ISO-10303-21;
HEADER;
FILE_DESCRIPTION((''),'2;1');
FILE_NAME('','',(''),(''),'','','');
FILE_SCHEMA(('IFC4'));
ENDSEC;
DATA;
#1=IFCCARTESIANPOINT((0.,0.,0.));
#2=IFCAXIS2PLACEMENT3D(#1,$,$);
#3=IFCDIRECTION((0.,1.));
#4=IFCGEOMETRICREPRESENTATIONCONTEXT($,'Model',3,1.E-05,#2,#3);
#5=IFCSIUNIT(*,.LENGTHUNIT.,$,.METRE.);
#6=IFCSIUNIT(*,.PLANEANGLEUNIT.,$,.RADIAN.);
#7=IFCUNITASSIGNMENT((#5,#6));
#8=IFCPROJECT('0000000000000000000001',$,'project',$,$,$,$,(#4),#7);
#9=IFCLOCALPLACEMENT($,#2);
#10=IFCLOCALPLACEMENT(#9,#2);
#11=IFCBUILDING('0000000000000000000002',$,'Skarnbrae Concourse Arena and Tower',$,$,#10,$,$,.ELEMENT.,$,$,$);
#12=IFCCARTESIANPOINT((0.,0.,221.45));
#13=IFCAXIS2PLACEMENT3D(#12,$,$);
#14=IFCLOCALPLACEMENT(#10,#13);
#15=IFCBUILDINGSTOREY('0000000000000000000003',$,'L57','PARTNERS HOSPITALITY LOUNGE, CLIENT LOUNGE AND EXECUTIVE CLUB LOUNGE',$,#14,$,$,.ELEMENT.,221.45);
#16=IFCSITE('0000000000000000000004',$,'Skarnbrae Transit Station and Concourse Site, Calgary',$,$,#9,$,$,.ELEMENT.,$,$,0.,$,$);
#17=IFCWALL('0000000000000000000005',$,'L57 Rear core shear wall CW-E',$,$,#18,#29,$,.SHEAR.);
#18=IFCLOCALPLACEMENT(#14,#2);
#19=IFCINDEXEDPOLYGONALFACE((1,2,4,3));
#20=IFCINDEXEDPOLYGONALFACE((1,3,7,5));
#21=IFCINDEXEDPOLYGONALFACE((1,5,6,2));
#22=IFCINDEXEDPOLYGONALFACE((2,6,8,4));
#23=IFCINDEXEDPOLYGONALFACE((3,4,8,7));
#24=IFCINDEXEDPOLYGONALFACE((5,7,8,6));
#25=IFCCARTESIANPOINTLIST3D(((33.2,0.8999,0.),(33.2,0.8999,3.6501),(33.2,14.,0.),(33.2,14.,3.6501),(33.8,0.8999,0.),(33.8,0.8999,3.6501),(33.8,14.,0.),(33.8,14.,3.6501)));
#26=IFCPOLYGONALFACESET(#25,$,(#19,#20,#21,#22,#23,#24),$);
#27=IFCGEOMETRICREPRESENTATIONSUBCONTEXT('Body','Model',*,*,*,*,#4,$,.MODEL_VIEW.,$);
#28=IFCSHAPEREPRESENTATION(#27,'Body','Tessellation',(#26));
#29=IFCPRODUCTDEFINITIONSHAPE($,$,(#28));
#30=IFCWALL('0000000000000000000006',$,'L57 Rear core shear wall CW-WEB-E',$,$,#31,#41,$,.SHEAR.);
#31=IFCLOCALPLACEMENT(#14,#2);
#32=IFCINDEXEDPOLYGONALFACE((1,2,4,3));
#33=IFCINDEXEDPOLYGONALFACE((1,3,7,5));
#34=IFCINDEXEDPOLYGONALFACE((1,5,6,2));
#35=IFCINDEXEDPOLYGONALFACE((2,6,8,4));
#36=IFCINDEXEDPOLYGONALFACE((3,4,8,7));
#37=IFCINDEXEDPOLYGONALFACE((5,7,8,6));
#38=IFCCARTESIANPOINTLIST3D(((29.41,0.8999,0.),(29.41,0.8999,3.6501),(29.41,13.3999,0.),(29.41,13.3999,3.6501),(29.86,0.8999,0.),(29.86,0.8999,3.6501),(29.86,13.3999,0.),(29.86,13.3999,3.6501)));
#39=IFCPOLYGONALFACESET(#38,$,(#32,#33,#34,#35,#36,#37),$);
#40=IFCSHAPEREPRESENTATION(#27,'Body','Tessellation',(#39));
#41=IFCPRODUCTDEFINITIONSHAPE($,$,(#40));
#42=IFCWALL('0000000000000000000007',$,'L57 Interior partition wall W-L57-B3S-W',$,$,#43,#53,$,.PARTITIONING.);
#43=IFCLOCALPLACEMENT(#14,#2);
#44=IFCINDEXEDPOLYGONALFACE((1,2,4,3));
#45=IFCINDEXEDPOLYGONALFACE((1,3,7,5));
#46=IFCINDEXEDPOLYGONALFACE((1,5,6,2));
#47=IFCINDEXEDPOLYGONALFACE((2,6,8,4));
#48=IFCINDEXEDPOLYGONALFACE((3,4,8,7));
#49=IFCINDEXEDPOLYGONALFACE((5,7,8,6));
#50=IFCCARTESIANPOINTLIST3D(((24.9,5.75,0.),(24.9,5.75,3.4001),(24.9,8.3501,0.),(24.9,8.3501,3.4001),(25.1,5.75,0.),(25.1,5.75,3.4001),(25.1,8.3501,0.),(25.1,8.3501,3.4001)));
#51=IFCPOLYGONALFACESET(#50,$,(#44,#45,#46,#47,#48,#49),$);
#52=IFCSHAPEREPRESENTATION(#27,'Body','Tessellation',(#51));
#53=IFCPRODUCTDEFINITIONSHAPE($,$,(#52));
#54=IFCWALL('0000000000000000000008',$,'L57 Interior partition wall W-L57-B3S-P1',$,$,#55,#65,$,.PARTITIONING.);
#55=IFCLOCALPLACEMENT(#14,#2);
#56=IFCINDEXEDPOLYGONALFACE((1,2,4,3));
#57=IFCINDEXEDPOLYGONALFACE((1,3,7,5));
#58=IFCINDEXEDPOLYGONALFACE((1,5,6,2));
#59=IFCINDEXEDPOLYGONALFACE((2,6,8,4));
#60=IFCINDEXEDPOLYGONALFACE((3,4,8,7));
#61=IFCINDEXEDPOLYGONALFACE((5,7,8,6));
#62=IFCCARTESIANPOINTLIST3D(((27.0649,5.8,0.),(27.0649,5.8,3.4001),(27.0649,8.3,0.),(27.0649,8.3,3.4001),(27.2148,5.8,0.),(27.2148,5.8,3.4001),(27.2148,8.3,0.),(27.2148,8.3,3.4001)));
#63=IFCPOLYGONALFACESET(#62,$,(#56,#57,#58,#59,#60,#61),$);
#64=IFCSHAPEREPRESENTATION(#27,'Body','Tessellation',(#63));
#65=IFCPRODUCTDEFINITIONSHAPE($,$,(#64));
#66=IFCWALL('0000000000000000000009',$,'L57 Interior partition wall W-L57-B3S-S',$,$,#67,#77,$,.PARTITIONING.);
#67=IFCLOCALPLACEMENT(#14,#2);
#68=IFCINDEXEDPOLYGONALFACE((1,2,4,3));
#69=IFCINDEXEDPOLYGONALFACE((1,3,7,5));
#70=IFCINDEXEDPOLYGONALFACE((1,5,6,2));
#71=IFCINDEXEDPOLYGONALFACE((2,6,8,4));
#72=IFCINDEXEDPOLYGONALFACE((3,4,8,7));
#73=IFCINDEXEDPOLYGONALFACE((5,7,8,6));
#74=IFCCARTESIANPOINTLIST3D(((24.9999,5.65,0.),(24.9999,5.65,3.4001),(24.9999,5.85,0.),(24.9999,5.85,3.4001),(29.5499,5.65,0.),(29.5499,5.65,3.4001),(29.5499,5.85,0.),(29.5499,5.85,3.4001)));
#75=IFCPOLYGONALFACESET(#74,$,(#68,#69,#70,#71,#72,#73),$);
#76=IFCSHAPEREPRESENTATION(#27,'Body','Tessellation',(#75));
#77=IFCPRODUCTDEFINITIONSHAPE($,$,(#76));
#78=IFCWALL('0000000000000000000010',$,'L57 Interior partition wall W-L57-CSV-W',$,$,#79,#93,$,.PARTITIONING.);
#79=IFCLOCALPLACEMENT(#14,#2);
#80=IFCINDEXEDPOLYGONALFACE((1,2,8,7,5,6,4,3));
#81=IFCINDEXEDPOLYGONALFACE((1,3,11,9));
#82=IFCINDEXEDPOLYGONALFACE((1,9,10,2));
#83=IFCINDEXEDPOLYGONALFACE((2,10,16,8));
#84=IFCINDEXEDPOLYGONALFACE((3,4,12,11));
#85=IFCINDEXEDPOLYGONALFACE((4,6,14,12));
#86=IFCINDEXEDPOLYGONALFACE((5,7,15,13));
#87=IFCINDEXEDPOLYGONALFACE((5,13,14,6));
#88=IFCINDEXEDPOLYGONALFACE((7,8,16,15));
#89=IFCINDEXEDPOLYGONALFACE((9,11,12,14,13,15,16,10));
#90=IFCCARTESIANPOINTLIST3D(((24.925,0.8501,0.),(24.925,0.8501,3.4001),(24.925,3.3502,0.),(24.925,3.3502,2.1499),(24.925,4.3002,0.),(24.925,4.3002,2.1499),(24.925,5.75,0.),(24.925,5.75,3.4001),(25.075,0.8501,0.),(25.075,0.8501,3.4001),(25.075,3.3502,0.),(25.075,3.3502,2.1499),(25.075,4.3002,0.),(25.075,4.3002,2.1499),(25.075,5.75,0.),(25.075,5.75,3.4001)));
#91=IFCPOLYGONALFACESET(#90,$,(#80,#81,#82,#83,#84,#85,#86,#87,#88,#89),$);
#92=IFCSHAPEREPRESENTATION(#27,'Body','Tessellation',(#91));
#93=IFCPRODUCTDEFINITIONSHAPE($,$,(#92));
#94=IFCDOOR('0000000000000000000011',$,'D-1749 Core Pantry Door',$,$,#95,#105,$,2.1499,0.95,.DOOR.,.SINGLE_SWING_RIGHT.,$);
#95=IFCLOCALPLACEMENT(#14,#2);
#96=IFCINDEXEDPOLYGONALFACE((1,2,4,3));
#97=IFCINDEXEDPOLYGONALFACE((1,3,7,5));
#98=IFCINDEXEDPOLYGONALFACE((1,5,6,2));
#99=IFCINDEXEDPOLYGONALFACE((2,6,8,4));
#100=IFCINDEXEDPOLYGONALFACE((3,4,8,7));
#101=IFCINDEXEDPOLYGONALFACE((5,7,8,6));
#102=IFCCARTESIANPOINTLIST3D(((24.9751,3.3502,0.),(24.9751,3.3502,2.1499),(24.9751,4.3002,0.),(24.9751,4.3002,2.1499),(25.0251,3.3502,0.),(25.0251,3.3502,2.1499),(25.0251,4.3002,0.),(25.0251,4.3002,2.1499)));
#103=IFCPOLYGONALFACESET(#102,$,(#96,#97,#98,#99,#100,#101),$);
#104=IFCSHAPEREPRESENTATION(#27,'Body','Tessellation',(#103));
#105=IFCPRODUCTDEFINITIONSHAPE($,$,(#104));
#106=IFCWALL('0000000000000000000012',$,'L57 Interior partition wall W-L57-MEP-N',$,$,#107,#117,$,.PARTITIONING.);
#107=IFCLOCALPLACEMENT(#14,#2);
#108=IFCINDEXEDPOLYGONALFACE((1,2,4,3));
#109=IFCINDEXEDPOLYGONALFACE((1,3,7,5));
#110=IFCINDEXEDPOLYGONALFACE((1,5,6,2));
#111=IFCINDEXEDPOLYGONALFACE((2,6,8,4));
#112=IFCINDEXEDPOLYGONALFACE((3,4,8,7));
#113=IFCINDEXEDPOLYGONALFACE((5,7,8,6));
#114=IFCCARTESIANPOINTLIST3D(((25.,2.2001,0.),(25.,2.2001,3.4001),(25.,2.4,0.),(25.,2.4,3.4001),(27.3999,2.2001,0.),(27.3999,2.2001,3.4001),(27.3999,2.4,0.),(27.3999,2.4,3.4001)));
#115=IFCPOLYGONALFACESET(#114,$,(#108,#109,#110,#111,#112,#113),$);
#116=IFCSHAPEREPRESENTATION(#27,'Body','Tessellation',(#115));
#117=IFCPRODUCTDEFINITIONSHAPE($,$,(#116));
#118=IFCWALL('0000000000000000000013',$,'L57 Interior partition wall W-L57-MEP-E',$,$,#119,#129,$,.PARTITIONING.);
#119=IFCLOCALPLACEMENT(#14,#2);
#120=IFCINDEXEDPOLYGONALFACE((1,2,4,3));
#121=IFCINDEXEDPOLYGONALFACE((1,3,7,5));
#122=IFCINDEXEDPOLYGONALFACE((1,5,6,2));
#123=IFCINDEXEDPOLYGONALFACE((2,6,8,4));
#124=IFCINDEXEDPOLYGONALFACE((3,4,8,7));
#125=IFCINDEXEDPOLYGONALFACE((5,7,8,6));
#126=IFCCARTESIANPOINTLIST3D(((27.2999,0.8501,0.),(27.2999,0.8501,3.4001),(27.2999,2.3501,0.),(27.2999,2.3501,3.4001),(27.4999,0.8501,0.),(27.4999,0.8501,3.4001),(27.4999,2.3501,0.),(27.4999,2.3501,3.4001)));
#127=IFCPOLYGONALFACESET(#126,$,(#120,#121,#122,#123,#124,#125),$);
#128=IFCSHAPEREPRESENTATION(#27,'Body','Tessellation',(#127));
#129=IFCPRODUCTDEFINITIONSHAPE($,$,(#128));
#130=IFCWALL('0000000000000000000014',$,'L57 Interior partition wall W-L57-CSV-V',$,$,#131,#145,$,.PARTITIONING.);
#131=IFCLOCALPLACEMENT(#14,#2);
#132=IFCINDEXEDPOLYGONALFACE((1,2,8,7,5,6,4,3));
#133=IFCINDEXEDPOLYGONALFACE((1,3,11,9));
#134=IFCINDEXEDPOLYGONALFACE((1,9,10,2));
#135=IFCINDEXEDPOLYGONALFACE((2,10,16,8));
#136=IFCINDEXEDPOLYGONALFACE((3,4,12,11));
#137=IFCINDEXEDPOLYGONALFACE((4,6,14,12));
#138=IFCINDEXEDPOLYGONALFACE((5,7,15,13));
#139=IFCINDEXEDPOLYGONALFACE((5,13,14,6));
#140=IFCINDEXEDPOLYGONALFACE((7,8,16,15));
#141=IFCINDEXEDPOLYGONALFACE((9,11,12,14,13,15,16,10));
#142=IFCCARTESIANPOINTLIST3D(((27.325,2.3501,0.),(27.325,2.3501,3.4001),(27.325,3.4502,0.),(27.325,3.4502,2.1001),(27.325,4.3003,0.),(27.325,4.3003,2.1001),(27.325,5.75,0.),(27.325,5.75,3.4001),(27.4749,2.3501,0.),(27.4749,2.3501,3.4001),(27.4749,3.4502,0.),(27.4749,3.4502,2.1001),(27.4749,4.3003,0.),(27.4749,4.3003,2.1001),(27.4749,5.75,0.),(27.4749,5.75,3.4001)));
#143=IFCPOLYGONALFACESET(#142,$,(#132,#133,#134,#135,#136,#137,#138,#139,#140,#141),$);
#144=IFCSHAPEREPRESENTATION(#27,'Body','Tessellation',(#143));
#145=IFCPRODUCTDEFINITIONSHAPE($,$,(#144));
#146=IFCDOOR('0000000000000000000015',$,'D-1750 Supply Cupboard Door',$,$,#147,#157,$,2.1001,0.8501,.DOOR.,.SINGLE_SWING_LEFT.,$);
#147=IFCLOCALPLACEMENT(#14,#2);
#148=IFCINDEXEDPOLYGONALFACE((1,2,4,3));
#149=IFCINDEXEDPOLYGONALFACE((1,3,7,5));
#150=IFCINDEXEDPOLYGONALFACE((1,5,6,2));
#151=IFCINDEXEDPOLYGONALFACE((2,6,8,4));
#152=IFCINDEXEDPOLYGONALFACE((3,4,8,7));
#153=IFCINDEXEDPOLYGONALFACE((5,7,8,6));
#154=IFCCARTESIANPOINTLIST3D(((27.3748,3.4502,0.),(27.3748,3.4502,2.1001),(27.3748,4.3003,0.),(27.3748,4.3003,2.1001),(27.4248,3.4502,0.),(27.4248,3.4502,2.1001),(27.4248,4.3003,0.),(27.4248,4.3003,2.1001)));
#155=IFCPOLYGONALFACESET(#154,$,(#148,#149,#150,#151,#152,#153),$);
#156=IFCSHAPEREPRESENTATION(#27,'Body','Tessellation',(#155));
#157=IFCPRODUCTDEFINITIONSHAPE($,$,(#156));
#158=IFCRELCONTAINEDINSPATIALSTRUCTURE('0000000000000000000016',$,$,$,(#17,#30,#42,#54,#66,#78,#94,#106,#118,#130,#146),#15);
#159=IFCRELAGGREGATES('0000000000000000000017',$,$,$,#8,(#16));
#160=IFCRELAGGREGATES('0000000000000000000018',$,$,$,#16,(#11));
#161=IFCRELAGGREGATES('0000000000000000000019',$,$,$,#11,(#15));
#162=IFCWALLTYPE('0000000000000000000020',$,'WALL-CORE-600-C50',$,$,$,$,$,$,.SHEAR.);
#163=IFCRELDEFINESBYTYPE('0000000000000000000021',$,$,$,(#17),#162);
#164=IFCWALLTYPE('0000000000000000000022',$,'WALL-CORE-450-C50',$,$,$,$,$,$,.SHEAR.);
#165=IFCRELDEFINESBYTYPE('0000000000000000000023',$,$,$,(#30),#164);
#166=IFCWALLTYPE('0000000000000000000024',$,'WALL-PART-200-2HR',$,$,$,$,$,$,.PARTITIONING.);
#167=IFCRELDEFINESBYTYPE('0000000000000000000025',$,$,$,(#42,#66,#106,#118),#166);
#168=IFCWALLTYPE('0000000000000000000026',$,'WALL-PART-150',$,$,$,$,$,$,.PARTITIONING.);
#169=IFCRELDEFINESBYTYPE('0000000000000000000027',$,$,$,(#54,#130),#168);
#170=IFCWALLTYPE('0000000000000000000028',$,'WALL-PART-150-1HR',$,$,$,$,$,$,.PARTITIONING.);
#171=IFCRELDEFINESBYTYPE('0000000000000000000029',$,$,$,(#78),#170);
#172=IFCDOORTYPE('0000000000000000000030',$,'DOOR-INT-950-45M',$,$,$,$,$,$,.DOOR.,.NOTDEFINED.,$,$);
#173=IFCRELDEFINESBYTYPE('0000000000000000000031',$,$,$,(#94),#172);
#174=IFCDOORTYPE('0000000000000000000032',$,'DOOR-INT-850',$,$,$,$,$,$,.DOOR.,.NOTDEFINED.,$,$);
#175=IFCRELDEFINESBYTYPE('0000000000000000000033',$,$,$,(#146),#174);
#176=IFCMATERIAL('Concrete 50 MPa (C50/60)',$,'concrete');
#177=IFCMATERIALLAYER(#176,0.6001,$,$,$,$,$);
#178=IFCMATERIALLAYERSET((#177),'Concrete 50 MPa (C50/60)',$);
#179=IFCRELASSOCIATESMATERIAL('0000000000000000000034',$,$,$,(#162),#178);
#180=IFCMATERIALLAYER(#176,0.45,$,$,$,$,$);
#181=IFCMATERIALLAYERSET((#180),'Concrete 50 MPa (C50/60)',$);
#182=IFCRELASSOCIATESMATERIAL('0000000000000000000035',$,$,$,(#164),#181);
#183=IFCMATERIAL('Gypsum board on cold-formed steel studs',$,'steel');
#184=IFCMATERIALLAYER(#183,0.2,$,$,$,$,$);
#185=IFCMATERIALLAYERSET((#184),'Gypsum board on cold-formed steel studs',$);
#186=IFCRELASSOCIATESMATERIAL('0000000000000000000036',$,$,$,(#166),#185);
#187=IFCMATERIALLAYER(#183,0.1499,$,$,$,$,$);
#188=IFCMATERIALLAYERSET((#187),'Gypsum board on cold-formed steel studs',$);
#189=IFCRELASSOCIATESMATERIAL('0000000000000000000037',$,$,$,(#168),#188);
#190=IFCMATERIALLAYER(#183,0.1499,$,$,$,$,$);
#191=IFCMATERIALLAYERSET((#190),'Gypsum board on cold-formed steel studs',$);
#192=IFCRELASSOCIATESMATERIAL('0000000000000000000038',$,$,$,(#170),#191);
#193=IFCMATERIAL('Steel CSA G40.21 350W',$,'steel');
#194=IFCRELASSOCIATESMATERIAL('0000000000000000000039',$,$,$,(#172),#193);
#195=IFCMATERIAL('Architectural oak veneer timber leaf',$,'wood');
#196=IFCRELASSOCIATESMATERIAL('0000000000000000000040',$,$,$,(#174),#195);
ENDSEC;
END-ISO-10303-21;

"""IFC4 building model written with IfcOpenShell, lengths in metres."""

from ifc_helpers import new_model, si_unit, direction, frame, frame_2d, origin, place, context, subcontext, project, spatial, rectangle, extrude, source, transform, mapped, material, layer, layer_set, type_object, element, fill, save


model = new_model("IFC4")

# Units and contexts
model_context = context("Model", 3, precision=1e-05, world=origin(), true_north=direction((0.0, 1.0)))
body_context = subcontext(model_context, "Body", "Model", "MODEL_VIEW")
ifc_project = project(units=[si_unit("LENGTHUNIT", "METRE"), si_unit("PLANEANGLEUNIT", "RADIAN")], contexts=[model_context])

# Site, building, storey
site_placement = place(None, origin())
site = spatial("IfcSite", under=ifc_project, at=site_placement, Name="Skarnbrae Transit Station and Concourse Site, Calgary", CompositionType="ELEMENT", RefElevation=0.0)
building_placement = place(site_placement, origin())
building = spatial("IfcBuilding", under=site, at=building_placement, Name="Skarnbrae Concourse Arena and Tower", CompositionType="ELEMENT")
storey_placement = place(building_placement, frame((0.0, 0.0, 221.45)))
storey = spatial("IfcBuildingStorey", under=building, at=storey_placement, Name="L57", Description="PARTNERS HOSPITALITY LOUNGE, CLIENT LOUNGE AND EXECUTIVE CLUB LOUNGE", CompositionType="ELEMENT", Elevation=221.45)

# Walls
ifc_material_1 = material(Name="Concrete 50 MPa (C50/60)", Category="concrete")
ifc_layer_1 = layer(ifc_material_1, 0.6001)
ifc_layer_set_1 = layer_set([ifc_layer_1], Name="Concrete 50 MPa (C50/60)")
wall_type_1 = type_object("IfcWallType", Name="WALL-CORE-600-C50", PredefinedType="SHEAR", material=ifc_layer_set_1)
shared_shape_1 = source(origin(), body_context, "Body", "SweptSolid", [
    extrude(rectangle(XDim=13.1001, YDim=0.6001, at=frame_2d((6.55, 0.0))), origin(), (0.0, 0.0, 1.0), 3.6501),
])
wall_1_placement = place(storey_placement, frame((33.5, 0.8999, 0.0), z_axis=(0.0, 0.0, 1.0), x_axis=(0.0, 1.0, 0.0)))
element("IfcWall", 1, at=wall_1_placement, inside=storey, type_object=wall_type_1, Name="L57 Rear core shear wall CW-E", PredefinedType="SHEAR", context=body_context, shape_type="MappedRepresentation", body=[
    mapped(shared_shape_1, transform((0.0, 0.0, 0.0))),
])
ifc_layer_2 = layer(ifc_material_1, 0.45)
ifc_layer_set_2 = layer_set([ifc_layer_2], Name="Concrete 50 MPa (C50/60)")
wall_type_2 = type_object("IfcWallType", Name="WALL-CORE-450-C50", PredefinedType="SHEAR", material=ifc_layer_set_2)
shared_shape_2 = source(origin(), body_context, "Body", "SweptSolid", [
    extrude(rectangle(XDim=12.5, YDim=0.45, at=frame_2d((6.25, 0.0))), origin(), (0.0, 0.0, 1.0), 3.6501),
])
wall_2_placement = place(storey_placement, frame((29.635, 0.8999, 0.0), z_axis=(0.0, 0.0, 1.0), x_axis=(0.0, 1.0, 0.0)))
element("IfcWall", 2, at=wall_2_placement, inside=storey, type_object=wall_type_2, Name="L57 Rear core shear wall CW-WEB-E", PredefinedType="SHEAR", context=body_context, shape_type="MappedRepresentation", body=[
    mapped(shared_shape_2, transform((0.0, 0.0, 0.0))),
])
ifc_material_2 = material(Name="Gypsum board on cold-formed steel studs", Category="steel")
ifc_layer_3 = layer(ifc_material_2, 0.2)
ifc_layer_set_3 = layer_set([ifc_layer_3], Name="Gypsum board on cold-formed steel studs")
wall_type_3 = type_object("IfcWallType", Name="WALL-PART-200-2HR", PredefinedType="PARTITIONING", material=ifc_layer_set_3)
shared_shape_3 = source(origin(), body_context, "Body", "SweptSolid", [
    extrude(rectangle(XDim=2.6001, YDim=0.2, at=frame_2d((1.3, 0.0))), origin(), (0.0, 0.0, 1.0), 3.4001),
])
wall_3_placement = place(storey_placement, frame((25.0, 5.75, 0.0), z_axis=(0.0, 0.0, 1.0), x_axis=(0.0, 1.0, 0.0)))
element("IfcWall", 3, at=wall_3_placement, inside=storey, type_object=wall_type_3, Name="L57 Interior partition wall W-L57-B3S-W", PredefinedType="PARTITIONING", context=body_context, shape_type="MappedRepresentation", body=[
    mapped(shared_shape_3, transform((0.0, 0.0, 0.0))),
])
ifc_layer_4 = layer(ifc_material_2, 0.1499)
ifc_layer_set_4 = layer_set([ifc_layer_4], Name="Gypsum board on cold-formed steel studs")
wall_type_4 = type_object("IfcWallType", Name="WALL-PART-150", PredefinedType="PARTITIONING", material=ifc_layer_set_4)
shared_shape_4 = source(origin(), body_context, "Body", "SweptSolid", [
    extrude(rectangle(XDim=2.5, YDim=0.1499, at=frame_2d((1.25, 0.0))), origin(), (0.0, 0.0, 1.0), 3.4001),
])
wall_4_placement = place(storey_placement, frame((27.1399, 5.8, 0.0), z_axis=(0.0, 0.0, 1.0), x_axis=(0.0, 1.0, 0.0)))
element("IfcWall", 4, at=wall_4_placement, inside=storey, type_object=wall_type_4, Name="L57 Interior partition wall W-L57-B3S-P1", PredefinedType="PARTITIONING", context=body_context, shape_type="MappedRepresentation", body=[
    mapped(shared_shape_4, transform((0.0, 0.0, 0.0))),
])

# Shared definitions
shared_shape_5 = source(origin(), body_context, "Body", "SweptSolid", [
    extrude(rectangle(XDim=4.55, YDim=0.2, at=frame_2d((2.2749, 0.0))), origin(), (0.0, 0.0, 1.0), 3.4001),
])

# Wall
wall_5_placement = place(storey_placement, frame((25.0, 5.75, 0.0), z_axis=(0.0, 0.0, 1.0), x_axis=(1.0, 0.0, 0.0)))
element("IfcWall", 5, at=wall_5_placement, inside=storey, type_object=wall_type_3, Name="L57 Interior partition wall W-L57-B3S-S", PredefinedType="PARTITIONING", context=body_context, shape_type="MappedRepresentation", body=[
    mapped(shared_shape_5, transform((0.0, 0.0, 0.0))),
])

# Wall, opening, door
ifc_layer_5 = layer(ifc_material_2, 0.1499)
ifc_layer_set_5 = layer_set([ifc_layer_5], Name="Gypsum board on cold-formed steel studs")
wall_type_5 = type_object("IfcWallType", Name="WALL-PART-150-1HR", PredefinedType="PARTITIONING", material=ifc_layer_set_5)
shared_shape_6 = source(origin(), body_context, "Body", "SweptSolid", [
    extrude(rectangle(XDim=4.8999, YDim=0.1499, at=frame_2d((2.45, 0.0))), origin(), (0.0, 0.0, 1.0), 3.4001),
])
wall_6_placement = place(storey_placement, frame((25.0, 0.8501, 0.0), z_axis=(0.0, 0.0, 1.0), x_axis=(0.0, 1.0, 0.0)))
wall_6 = element("IfcWall", 6, at=wall_6_placement, inside=storey, type_object=wall_type_5, Name="L57 Interior partition wall W-L57-CSV-W", PredefinedType="PARTITIONING", context=body_context, shape_type="MappedRepresentation", body=[
    mapped(shared_shape_6, transform((0.0, 0.0, 0.0))),
])
opening_1_placement = place(wall_6_placement, frame((2.5, 0.0, 0.0)))
opening_1 = element("IfcOpeningElement", 7, at=opening_1_placement, cuts=wall_6, PredefinedType="OPENING", context=body_context, shape_type="SweptSolid", body=[
    extrude(rectangle(XDim=0.95, YDim=2.1499, at=frame_2d((0.4751, 1.075))), frame((0.0, 0.085, 0.0), z_axis=(0.0, -1.0, 0.0), x_axis=(1.0, 0.0, 0.0)), (0.0, 0.0, 1.0), 0.1699),
])
ifc_material_3 = material(Name="Steel CSA G40.21 350W", Category="steel")
door_type_1 = type_object("IfcDoorType", Name="DOOR-INT-950-45M", OperationType="NOTDEFINED", PredefinedType="DOOR", material=ifc_material_3)
shared_shape_7 = source(origin(), body_context, "Body", "SweptSolid", [
    extrude(rectangle(XDim=0.95, YDim=2.1499, at=frame_2d((0.4751, 1.075))), frame((0.0, 0.0249, 0.0), z_axis=(0.0, -1.0, 0.0), x_axis=(1.0, 0.0, 0.0)), (0.0, 0.0, 1.0), 0.05),
])
door_1_placement = place(opening_1_placement, origin())
door_1 = element("IfcDoor", 8, at=door_1_placement, inside=storey, type_object=door_type_1, Name="D-1749 Core Pantry Door", OperationType="SINGLE_SWING_RIGHT", OverallHeight=2.1499, OverallWidth=0.95, PredefinedType="DOOR", context=body_context, shape_type="MappedRepresentation", body=[
    mapped(shared_shape_7, transform((0.0, 0.0, 0.0))),
])
fill(opening_1, door_1)

# Walls
shared_shape_8 = source(origin(), body_context, "Body", "SweptSolid", [
    extrude(rectangle(XDim=2.3999, YDim=0.2, at=frame_2d((1.2, 0.0))), origin(), (0.0, 0.0, 1.0), 3.4001),
])
wall_7_placement = place(storey_placement, frame((25.0, 2.3, 0.0), z_axis=(0.0, 0.0, 1.0), x_axis=(1.0, 0.0, 0.0)))
element("IfcWall", 9, at=wall_7_placement, inside=storey, type_object=wall_type_3, Name="L57 Interior partition wall W-L57-MEP-N", PredefinedType="PARTITIONING", context=body_context, shape_type="MappedRepresentation", body=[
    mapped(shared_shape_8, transform((0.0, 0.0, 0.0))),
])
shared_shape_9 = source(origin(), body_context, "Body", "SweptSolid", [
    extrude(rectangle(XDim=1.5, YDim=0.2, at=frame_2d((0.75, 0.0))), origin(), (0.0, 0.0, 1.0), 3.4001),
])
wall_8_placement = place(storey_placement, frame((27.3999, 0.8501, 0.0), z_axis=(0.0, 0.0, 1.0), x_axis=(0.0, 1.0, 0.0)))
element("IfcWall", 10, at=wall_8_placement, inside=storey, type_object=wall_type_3, Name="L57 Interior partition wall W-L57-MEP-E", PredefinedType="PARTITIONING", context=body_context, shape_type="MappedRepresentation", body=[
    mapped(shared_shape_9, transform((0.0, 0.0, 0.0))),
])

# Wall, opening, door
shared_shape_10 = source(origin(), body_context, "Body", "SweptSolid", [
    extrude(rectangle(XDim=3.3999, YDim=0.1499, at=frame_2d((1.7, 0.0))), origin(), (0.0, 0.0, 1.0), 3.4001),
])
wall_9_placement = place(storey_placement, frame((27.3999, 2.3501, 0.0), z_axis=(0.0, 0.0, 1.0), x_axis=(0.0, 1.0, 0.0)))
wall_9 = element("IfcWall", 11, at=wall_9_placement, inside=storey, type_object=wall_type_4, Name="L57 Interior partition wall W-L57-CSV-V", PredefinedType="PARTITIONING", context=body_context, shape_type="MappedRepresentation", body=[
    mapped(shared_shape_10, transform((0.0, 0.0, 0.0))),
])
opening_2_placement = place(wall_9_placement, frame((1.1001, 0.0, 0.0)))
opening_2 = element("IfcOpeningElement", 12, at=opening_2_placement, cuts=wall_9, PredefinedType="OPENING", context=body_context, shape_type="SweptSolid", body=[
    extrude(rectangle(XDim=0.8501, YDim=2.1001, at=frame_2d((0.425, 1.05))), frame((0.0, 0.085, 0.0), z_axis=(0.0, -1.0, 0.0), x_axis=(1.0, 0.0, 0.0)), (0.0, 0.0, 1.0), 0.1699),
])
ifc_material_4 = material(Name="Architectural oak veneer timber leaf", Category="wood")
door_type_2 = type_object("IfcDoorType", Name="DOOR-INT-850", OperationType="NOTDEFINED", PredefinedType="DOOR", material=ifc_material_4)
shared_shape_11 = source(origin(), body_context, "Body", "SweptSolid", [
    extrude(rectangle(XDim=0.8501, YDim=2.1001, at=frame_2d((0.425, 1.05))), frame((0.0, 0.0249, 0.0), z_axis=(0.0, -1.0, 0.0), x_axis=(1.0, 0.0, 0.0)), (0.0, 0.0, 1.0), 0.05),
])
door_2_placement = place(opening_2_placement, frame((0.8501, 0.0, 0.0), z_axis=(0.0, 0.0, 1.0), x_axis=(-1.0, 0.0, 0.0)))
door_2 = element("IfcDoor", 13, at=door_2_placement, inside=storey, type_object=door_type_2, Name="D-1750 Supply Cupboard Door", OperationType="SINGLE_SWING_LEFT", OverallHeight=2.1001, OverallWidth=0.8501, PredefinedType="DOOR", context=body_context, shape_type="MappedRepresentation", body=[
    mapped(shared_shape_11, transform((0.0, 0.0, 0.0))),
])
fill(opening_2, door_2)

save(model, "model.ifc")
